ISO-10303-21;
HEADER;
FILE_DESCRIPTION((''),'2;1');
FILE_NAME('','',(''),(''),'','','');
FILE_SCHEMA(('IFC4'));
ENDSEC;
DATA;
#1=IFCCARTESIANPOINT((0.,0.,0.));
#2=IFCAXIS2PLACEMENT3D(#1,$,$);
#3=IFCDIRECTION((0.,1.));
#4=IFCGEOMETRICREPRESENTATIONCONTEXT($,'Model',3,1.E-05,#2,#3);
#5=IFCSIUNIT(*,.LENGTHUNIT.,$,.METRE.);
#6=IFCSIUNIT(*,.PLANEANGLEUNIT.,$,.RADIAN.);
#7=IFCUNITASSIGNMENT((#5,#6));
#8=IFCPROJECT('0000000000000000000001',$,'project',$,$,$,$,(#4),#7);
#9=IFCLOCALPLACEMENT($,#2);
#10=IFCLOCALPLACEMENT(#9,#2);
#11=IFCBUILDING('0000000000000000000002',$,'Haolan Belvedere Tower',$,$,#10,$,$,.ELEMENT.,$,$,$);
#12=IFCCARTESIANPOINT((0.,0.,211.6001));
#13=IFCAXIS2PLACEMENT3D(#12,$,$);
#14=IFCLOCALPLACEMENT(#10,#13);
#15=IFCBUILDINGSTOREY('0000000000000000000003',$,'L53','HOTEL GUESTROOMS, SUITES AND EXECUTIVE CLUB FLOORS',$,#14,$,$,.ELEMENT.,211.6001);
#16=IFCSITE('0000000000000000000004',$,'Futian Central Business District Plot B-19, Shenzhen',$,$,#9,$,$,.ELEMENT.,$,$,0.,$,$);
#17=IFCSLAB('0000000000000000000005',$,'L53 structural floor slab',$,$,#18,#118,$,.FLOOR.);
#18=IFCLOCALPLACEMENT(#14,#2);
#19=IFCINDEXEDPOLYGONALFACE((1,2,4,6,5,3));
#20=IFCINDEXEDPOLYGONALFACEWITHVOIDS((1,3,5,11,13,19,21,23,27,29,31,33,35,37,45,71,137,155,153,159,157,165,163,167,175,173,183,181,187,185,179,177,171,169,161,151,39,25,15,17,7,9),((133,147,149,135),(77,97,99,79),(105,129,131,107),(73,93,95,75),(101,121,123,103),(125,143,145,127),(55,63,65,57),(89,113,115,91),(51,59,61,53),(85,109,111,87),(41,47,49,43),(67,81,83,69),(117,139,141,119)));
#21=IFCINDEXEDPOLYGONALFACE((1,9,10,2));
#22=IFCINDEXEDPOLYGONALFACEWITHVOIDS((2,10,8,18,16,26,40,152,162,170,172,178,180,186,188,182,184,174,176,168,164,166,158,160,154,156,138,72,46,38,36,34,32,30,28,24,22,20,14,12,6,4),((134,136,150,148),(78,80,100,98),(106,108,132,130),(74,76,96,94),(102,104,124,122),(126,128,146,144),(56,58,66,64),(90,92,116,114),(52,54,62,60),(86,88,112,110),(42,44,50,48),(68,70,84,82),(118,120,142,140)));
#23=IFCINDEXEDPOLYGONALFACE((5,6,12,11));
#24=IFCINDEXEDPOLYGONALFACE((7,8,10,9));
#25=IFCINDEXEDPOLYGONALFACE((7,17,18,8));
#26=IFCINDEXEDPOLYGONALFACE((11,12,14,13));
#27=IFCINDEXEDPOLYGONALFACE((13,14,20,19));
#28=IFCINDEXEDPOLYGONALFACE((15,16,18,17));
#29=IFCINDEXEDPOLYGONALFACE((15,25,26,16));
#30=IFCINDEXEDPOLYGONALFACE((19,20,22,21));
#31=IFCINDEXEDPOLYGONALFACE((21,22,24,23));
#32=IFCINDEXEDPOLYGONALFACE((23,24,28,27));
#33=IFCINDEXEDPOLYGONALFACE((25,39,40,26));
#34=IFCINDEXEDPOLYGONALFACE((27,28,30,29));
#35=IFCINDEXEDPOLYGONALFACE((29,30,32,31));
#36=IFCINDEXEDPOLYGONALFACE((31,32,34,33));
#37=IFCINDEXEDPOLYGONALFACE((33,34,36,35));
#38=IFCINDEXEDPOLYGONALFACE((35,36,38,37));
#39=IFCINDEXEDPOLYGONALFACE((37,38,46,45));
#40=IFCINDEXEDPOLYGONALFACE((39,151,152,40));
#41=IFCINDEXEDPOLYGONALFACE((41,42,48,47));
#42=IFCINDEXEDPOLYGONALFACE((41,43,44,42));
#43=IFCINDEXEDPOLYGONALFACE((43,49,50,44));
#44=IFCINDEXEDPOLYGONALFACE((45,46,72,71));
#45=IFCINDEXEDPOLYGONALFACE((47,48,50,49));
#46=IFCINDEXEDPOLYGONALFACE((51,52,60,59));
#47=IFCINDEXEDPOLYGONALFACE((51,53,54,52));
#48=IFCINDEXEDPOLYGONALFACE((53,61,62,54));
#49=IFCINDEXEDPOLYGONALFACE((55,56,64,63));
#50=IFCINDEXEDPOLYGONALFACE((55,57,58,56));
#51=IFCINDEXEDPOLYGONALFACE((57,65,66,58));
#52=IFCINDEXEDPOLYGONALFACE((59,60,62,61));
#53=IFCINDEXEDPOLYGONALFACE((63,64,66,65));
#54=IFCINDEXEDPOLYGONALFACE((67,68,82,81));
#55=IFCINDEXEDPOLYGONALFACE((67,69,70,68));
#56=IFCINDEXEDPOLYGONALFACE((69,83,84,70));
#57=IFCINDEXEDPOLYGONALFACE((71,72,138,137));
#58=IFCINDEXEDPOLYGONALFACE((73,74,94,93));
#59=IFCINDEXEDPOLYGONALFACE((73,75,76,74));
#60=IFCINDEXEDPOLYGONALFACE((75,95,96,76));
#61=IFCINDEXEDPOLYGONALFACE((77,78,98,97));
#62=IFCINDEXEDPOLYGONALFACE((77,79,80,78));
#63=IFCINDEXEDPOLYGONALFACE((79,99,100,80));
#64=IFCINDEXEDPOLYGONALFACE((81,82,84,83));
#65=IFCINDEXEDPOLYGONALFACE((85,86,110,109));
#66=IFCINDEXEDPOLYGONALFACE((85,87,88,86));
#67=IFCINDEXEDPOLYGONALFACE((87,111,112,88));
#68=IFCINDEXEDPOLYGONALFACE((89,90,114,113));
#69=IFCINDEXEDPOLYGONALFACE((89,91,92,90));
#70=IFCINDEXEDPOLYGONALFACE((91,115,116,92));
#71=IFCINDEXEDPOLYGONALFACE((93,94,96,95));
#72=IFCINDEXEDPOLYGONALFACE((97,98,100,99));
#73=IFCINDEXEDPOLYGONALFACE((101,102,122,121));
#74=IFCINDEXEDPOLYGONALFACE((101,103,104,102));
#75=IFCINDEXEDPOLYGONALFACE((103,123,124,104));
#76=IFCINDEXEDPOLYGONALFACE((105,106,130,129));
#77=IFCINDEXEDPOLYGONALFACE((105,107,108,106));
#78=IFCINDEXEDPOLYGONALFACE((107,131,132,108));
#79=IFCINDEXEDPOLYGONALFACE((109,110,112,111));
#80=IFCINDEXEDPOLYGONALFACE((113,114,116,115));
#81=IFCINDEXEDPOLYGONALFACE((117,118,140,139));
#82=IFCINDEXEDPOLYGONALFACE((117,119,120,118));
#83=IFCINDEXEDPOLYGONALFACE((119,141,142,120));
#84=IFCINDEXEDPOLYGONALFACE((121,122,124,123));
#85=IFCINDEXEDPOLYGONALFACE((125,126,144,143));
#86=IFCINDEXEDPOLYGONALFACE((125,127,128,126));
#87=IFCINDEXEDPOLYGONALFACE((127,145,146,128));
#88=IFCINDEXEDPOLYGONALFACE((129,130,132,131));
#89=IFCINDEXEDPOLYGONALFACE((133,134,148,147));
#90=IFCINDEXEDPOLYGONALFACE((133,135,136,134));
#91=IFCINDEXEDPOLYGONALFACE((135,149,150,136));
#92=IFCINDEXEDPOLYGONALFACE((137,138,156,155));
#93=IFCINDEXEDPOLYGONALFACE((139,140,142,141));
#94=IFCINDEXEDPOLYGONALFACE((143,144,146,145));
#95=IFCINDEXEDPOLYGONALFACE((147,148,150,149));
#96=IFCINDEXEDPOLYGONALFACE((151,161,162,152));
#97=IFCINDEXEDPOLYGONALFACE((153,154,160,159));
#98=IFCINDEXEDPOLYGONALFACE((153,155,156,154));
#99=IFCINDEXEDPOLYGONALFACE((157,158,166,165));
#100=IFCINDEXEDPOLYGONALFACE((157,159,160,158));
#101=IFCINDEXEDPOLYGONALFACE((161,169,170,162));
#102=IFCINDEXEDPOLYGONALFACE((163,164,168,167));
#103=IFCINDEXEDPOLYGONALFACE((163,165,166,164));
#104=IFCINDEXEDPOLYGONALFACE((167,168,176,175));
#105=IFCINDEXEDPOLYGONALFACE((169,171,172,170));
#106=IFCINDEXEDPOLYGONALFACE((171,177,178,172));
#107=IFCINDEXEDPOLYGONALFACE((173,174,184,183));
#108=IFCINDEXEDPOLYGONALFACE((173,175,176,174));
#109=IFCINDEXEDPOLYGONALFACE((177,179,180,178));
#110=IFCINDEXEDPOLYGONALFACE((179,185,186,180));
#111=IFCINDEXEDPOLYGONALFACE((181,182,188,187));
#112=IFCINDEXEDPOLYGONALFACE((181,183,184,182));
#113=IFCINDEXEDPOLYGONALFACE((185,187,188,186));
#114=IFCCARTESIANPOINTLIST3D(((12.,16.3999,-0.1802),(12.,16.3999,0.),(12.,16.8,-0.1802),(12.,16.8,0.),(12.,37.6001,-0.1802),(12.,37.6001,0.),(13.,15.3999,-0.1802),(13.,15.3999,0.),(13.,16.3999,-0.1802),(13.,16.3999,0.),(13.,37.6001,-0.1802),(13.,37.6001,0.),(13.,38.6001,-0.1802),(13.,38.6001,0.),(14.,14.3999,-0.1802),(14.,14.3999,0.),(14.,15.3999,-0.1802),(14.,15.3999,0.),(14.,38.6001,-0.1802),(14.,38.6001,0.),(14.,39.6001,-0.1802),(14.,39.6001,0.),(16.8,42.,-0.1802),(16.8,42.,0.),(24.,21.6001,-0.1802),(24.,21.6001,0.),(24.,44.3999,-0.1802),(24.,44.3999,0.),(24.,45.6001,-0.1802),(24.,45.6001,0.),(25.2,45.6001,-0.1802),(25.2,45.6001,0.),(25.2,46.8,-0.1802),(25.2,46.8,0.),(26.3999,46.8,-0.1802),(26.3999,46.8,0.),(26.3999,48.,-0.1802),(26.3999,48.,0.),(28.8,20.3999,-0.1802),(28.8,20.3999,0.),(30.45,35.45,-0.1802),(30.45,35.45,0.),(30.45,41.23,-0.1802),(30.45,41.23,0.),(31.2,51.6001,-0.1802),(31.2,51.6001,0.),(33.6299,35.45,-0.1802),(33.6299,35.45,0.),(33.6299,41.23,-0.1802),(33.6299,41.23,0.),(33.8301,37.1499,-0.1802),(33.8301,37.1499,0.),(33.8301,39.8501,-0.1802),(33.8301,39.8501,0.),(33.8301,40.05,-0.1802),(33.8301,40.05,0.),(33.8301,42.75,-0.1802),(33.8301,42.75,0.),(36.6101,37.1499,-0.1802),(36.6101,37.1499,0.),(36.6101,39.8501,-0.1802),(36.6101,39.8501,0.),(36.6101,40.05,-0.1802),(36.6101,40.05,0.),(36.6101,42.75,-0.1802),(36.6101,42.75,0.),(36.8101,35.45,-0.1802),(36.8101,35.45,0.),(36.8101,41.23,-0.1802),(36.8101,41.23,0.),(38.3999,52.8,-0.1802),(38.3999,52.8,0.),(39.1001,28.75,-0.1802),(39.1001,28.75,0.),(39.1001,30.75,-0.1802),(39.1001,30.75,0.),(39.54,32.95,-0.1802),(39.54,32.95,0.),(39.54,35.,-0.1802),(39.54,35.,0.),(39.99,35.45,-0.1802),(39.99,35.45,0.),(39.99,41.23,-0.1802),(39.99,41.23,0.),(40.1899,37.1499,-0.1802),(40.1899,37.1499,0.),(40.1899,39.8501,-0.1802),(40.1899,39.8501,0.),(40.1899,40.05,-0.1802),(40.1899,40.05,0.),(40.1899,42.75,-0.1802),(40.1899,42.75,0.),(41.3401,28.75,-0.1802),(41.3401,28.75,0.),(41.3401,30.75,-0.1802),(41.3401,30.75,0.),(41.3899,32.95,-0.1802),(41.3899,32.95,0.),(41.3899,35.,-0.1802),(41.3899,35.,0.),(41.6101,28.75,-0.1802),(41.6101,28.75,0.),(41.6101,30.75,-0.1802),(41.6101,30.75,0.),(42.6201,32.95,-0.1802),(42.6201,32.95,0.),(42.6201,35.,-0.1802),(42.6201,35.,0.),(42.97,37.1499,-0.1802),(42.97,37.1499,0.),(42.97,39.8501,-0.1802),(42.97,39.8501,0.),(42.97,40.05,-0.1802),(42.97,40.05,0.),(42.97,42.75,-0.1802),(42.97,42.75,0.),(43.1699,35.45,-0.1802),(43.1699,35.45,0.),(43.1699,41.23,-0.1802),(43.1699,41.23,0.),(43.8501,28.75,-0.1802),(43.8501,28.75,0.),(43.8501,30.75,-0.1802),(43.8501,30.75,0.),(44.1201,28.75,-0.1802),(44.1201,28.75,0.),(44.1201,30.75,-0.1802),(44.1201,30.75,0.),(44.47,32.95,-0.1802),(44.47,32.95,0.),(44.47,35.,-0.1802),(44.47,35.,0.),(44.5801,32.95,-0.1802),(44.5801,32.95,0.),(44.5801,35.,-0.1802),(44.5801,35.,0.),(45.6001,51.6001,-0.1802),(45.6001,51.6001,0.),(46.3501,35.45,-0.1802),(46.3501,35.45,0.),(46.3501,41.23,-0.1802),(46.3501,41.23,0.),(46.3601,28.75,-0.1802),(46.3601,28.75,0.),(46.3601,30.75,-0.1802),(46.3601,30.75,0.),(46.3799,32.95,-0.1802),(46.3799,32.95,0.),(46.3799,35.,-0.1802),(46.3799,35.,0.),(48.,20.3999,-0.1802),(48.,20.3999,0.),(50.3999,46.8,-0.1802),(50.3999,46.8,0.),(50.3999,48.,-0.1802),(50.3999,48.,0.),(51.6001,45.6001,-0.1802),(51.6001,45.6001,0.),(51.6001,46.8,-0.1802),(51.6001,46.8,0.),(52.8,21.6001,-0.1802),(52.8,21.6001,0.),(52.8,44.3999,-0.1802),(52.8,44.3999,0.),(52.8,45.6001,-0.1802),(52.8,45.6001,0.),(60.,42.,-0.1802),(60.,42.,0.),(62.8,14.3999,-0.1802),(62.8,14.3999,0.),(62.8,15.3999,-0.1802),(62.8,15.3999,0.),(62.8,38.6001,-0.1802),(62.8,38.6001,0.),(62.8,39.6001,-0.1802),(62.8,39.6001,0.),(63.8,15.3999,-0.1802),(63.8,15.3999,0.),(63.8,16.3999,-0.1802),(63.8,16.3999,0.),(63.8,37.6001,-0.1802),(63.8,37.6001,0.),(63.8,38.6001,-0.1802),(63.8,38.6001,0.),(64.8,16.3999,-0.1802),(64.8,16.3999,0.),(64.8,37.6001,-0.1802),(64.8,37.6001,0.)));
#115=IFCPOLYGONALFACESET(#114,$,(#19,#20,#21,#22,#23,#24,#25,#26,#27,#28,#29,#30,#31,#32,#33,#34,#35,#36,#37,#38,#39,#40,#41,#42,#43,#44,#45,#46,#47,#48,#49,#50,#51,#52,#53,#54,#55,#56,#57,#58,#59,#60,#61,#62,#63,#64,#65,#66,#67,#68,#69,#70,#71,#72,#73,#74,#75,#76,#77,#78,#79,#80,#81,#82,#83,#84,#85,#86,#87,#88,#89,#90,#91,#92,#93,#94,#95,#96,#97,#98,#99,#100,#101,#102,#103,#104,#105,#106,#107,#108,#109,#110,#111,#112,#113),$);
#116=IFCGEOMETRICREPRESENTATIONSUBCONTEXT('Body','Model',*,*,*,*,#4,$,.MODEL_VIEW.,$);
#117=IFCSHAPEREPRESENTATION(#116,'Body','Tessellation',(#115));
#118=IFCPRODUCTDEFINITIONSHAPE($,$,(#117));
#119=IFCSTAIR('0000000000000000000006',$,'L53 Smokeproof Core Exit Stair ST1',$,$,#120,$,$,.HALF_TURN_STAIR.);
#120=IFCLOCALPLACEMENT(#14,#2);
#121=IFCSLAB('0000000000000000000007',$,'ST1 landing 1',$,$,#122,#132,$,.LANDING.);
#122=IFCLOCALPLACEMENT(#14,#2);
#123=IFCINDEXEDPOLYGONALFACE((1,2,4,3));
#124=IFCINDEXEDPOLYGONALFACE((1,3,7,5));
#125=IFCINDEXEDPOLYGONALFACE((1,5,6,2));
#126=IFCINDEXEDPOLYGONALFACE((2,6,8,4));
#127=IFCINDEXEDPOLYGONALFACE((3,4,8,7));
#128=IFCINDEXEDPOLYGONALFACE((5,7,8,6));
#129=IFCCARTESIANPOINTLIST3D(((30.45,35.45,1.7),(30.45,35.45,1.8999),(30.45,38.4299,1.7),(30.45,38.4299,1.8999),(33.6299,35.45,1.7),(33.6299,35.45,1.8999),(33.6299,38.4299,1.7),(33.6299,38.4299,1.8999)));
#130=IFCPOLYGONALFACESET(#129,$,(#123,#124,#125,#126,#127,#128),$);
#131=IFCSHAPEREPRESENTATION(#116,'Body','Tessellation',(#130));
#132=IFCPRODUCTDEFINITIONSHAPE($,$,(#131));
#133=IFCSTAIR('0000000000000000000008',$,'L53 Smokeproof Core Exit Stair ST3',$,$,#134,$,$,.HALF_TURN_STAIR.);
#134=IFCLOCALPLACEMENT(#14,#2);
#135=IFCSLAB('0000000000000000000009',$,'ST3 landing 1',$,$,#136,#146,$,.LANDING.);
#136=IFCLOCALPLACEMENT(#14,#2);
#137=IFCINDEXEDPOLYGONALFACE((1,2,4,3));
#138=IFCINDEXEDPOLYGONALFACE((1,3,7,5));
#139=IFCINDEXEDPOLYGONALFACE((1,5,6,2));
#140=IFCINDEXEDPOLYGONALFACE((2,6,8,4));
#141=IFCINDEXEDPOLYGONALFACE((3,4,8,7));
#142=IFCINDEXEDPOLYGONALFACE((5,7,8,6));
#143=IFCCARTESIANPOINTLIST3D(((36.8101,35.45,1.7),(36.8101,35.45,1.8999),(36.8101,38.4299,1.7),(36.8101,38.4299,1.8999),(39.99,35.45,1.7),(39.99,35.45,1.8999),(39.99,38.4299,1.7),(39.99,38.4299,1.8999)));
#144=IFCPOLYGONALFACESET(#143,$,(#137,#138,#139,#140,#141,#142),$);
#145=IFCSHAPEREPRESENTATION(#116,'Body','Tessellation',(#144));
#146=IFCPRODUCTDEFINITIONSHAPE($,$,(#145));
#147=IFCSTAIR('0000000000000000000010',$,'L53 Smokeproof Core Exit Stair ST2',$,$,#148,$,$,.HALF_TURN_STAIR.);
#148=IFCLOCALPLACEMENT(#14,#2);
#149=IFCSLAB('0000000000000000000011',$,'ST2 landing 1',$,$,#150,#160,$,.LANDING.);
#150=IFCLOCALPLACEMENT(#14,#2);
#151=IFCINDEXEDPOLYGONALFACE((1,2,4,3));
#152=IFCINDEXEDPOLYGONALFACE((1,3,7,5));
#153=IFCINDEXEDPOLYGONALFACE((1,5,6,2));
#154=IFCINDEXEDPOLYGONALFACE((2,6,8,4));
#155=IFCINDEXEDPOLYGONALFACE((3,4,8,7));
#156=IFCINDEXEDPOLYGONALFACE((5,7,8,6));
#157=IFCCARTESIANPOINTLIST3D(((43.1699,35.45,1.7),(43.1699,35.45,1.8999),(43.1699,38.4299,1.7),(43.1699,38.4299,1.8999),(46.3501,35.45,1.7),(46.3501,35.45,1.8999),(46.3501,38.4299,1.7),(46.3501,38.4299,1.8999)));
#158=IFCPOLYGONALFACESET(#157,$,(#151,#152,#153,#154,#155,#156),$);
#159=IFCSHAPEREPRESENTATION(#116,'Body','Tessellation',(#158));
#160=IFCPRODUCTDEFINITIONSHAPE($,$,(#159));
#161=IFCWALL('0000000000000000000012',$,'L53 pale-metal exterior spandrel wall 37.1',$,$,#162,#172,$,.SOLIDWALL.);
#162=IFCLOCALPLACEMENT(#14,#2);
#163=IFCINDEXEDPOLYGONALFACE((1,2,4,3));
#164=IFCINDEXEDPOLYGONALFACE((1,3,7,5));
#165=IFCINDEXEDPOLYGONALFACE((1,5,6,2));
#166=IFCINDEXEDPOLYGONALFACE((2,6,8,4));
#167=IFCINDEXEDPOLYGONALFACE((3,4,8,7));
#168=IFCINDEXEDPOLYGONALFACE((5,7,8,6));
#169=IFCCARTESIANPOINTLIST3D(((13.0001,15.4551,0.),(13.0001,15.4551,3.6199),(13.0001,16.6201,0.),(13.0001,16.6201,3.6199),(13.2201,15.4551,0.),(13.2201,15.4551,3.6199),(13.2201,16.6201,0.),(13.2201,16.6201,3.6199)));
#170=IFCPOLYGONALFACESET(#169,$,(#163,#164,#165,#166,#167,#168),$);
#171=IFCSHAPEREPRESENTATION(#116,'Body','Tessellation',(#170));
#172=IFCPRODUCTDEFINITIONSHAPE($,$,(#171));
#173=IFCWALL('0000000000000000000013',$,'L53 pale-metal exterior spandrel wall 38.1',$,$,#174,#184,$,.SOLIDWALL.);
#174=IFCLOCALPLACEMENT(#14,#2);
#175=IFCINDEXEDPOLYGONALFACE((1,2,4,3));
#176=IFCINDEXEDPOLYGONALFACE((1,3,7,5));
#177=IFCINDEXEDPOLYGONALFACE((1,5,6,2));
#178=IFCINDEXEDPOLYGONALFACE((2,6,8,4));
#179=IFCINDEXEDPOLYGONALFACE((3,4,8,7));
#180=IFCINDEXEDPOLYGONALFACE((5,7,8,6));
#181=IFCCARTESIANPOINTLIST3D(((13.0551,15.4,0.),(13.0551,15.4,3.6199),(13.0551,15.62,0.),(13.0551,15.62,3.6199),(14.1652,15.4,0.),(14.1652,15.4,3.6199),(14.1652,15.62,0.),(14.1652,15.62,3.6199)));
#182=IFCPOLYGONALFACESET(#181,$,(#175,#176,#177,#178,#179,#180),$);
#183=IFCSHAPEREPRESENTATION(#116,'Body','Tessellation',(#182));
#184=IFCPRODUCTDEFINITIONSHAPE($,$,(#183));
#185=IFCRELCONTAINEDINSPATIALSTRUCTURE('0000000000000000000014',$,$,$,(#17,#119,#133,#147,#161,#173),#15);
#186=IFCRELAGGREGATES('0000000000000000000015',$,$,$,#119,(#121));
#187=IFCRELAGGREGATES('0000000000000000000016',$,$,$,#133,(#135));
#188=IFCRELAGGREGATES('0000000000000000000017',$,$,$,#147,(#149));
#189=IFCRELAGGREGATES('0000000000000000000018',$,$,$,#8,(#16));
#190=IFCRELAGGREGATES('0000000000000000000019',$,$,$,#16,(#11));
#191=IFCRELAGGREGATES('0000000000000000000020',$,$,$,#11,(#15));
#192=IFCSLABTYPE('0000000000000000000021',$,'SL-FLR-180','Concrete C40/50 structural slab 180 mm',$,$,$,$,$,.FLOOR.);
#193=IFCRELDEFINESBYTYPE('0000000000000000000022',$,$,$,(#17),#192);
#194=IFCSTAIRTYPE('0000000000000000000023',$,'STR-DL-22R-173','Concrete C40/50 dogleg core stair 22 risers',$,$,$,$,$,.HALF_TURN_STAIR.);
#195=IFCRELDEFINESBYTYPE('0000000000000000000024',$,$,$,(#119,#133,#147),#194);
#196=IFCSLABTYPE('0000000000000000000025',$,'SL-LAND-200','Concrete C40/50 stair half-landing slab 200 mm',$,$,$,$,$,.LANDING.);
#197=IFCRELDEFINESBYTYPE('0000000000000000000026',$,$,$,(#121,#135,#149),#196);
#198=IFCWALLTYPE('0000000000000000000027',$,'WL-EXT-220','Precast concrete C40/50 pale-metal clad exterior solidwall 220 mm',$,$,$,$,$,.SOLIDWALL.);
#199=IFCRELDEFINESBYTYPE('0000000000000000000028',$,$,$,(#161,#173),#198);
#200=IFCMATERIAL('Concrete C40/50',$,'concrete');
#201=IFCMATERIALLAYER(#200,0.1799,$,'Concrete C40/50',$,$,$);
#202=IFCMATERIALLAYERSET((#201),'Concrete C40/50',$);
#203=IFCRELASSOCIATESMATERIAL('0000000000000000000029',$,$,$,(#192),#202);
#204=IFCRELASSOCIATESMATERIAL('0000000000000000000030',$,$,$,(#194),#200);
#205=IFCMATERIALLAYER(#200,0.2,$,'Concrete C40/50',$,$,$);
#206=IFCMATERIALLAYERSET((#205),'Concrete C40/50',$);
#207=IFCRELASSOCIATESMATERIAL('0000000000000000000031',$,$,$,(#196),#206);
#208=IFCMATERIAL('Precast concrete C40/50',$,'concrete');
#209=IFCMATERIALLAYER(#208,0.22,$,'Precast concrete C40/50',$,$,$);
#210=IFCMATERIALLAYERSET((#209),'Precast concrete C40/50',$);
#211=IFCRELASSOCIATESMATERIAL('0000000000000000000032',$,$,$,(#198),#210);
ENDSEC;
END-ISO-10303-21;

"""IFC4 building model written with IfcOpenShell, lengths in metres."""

from ifc_helpers import new_model, si_unit, direction, frame, frame_2d, origin, place, context, subcontext, project, spatial, polyline, rectangle, outline, extrude, material, layer, layer_set, type_object, element, aggregate, save


model = new_model("IFC4")

# Units and contexts
model_context = context("Model", 3, precision=1e-05, world=origin(), true_north=direction((0.0, 1.0)))
body_context = subcontext(model_context, "Body", "Model", "MODEL_VIEW")
ifc_project = project(units=[si_unit("LENGTHUNIT", "METRE"), si_unit("PLANEANGLEUNIT", "RADIAN")], contexts=[model_context])

# Site, building, storey
site_placement = place(None, origin())
site = spatial("IfcSite", under=ifc_project, at=site_placement, Name="Futian Central Business District Plot B-19, Shenzhen", CompositionType="ELEMENT", RefElevation=0.0)
building_placement = place(site_placement, origin())
building = spatial("IfcBuilding", under=site, at=building_placement, Name="Haolan Belvedere Tower", CompositionType="ELEMENT")
storey_placement = place(building_placement, frame((0.0, 0.0, 211.6001)))
storey = spatial("IfcBuildingStorey", under=building, at=storey_placement, Name="L53", Description="HOTEL GUESTROOMS, SUITES AND EXECUTIVE CLUB FLOORS", CompositionType="ELEMENT", Elevation=211.6001)

# Slab
ifc_material_1 = material(Name="Concrete C40/50", Category="concrete")
ifc_layer_1 = layer(ifc_material_1, 0.1799, Name="Concrete C40/50")
ifc_layer_set_1 = layer_set([ifc_layer_1], Name="Concrete C40/50")
slab_type_1 = type_object("IfcSlabType", Name="SL-FLR-180", Description="Concrete C40/50 structural slab 180 mm", PredefinedType="FLOOR", material=ifc_layer_set_1)
slab_1_placement = place(storey_placement, frame((0.0, 0.0, -0.1802)))
element("IfcSlab", 1, at=slab_1_placement, inside=storey, type_object=slab_type_1, Name="L53 structural floor slab", PredefinedType="FLOOR", context=body_context, shape_type="SweptSolid", body=[
    extrude(outline(polyline([(24.0, 21.6001), (28.8, 20.3999), (48.0, 20.3999), (52.8, 21.6001), (62.8, 14.3999), (62.8, 15.3999), (63.8, 15.3999), (63.8, 16.3999), (64.8, 16.3999), (64.8, 37.6001), (63.8, 37.6001), (63.8, 38.6001), (62.8, 38.6001), (62.8, 39.6001), (60.0, 42.0), (52.8, 44.3999), (52.8, 45.6001), (51.6001, 45.6001), (51.6001, 46.8), (50.3999, 46.8), (50.3999, 48.0), (45.6001, 51.6001), (38.3999, 52.8), (31.2, 51.6001), (26.3999, 48.0), (26.3999, 46.8), (25.2, 46.8), (25.2, 45.6001), (24.0, 45.6001), (24.0, 44.3999), (16.8, 42.0), (14.0, 39.6001), (14.0, 38.6001), (13.0, 38.6001), (13.0, 37.6001), (12.0, 37.6001), (12.0, 16.8), (12.0, 16.3999), (13.0, 16.3999), (13.0, 15.3999), (14.0, 15.3999), (14.0, 14.3999), (24.0, 21.6001)]), holes=[polyline([(30.45, 41.23), (30.45, 35.45), (33.6299, 35.45), (33.6299, 41.23), (30.45, 41.23)]), polyline([(36.8101, 41.23), (36.8101, 35.45), (39.99, 35.45), (39.99, 41.23), (36.8101, 41.23)]), polyline([(43.1699, 41.23), (43.1699, 35.45), (46.3501, 35.45), (46.3501, 41.23), (43.1699, 41.23)]), polyline([(33.8301, 40.05), (36.6101, 40.05), (36.6101, 42.75), (33.8301, 42.75), (33.8301, 40.05)]), polyline([(33.8301, 37.1499), (36.6101, 37.1499), (36.6101, 39.8501), (33.8301, 39.8501), (33.8301, 37.1499)]), polyline([(40.1899, 40.05), (42.97, 40.05), (42.97, 42.75), (40.1899, 42.75), (40.1899, 40.05)]), polyline([(40.1899, 37.1499), (42.97, 37.1499), (42.97, 39.8501), (40.1899, 39.8501), (40.1899, 37.1499)]), polyline([(39.54, 32.95), (41.3899, 32.95), (41.3899, 35.0), (39.54, 35.0), (39.54, 32.95)]), polyline([(42.6201, 32.95), (44.47, 32.95), (44.47, 35.0), (42.6201, 35.0), (42.6201, 32.95)]), polyline([(44.5801, 32.95), (46.3799, 32.95), (46.3799, 35.0), (44.5801, 35.0), (44.5801, 32.95)]), polyline([(39.1001, 28.75), (41.3401, 28.75), (41.3401, 30.75), (39.1001, 30.75), (39.1001, 28.75)]), polyline([(41.6101, 28.75), (43.8501, 28.75), (43.8501, 30.75), (41.6101, 30.75), (41.6101, 28.75)]), polyline([(44.1201, 28.75), (46.3601, 28.75), (46.3601, 30.75), (44.1201, 30.75), (44.1201, 28.75)])]), origin(), (0.0, 0.0, 1.0), 0.1802),
])

# Stairs, slabs
stair_type = type_object("IfcStairType", Name="STR-DL-22R-173", Description="Concrete C40/50 dogleg core stair 22 risers", PredefinedType="HALF_TURN_STAIR", material=ifc_material_1)
stair_1_placement = place(storey_placement, origin())
stair_1 = element("IfcStair", 2, at=stair_1_placement, inside=storey, type_object=stair_type, Name="L53 Smokeproof Core Exit Stair ST1", PredefinedType="HALF_TURN_STAIR")
ifc_layer_2 = layer(ifc_material_1, 0.2, Name="Concrete C40/50")
ifc_layer_set_2 = layer_set([ifc_layer_2], Name="Concrete C40/50")
slab_type_2 = type_object("IfcSlabType", Name="SL-LAND-200", Description="Concrete C40/50 stair half-landing slab 200 mm", PredefinedType="LANDING", material=ifc_layer_set_2)
slab_2_placement = place(storey_placement, frame((0.0, 0.0, 1.7)))
slab_2 = element("IfcSlab", 3, at=slab_2_placement, type_object=slab_type_2, Name="ST1 landing 1", PredefinedType="LANDING", context=body_context, shape_type="SweptSolid", body=[
    extrude(outline(polyline([(30.45, 38.4299), (30.45, 35.45), (33.6299, 35.45), (33.6299, 38.4299), (30.45, 38.4299)])), origin(), (0.0, 0.0, 1.0), 0.2),
])
aggregate(stair_1, [slab_2])
stair_2_placement = place(storey_placement, origin())
stair_2 = element("IfcStair", 4, at=stair_2_placement, inside=storey, type_object=stair_type, Name="L53 Smokeproof Core Exit Stair ST3", PredefinedType="HALF_TURN_STAIR")
slab_3_placement = place(storey_placement, frame((0.0, 0.0, 1.7)))
slab_3 = element("IfcSlab", 5, at=slab_3_placement, type_object=slab_type_2, Name="ST3 landing 1", PredefinedType="LANDING", context=body_context, shape_type="SweptSolid", body=[
    extrude(outline(polyline([(36.8101, 38.4299), (36.8101, 35.45), (39.99, 35.45), (39.99, 38.4299), (36.8101, 38.4299)])), origin(), (0.0, 0.0, 1.0), 0.2),
])
aggregate(stair_2, [slab_3])
stair_3_placement = place(storey_placement, origin())
stair_3 = element("IfcStair", 6, at=stair_3_placement, inside=storey, type_object=stair_type, Name="L53 Smokeproof Core Exit Stair ST2", PredefinedType="HALF_TURN_STAIR")
slab_4_placement = place(storey_placement, frame((0.0, 0.0, 1.7)))
slab_4 = element("IfcSlab", 7, at=slab_4_placement, type_object=slab_type_2, Name="ST2 landing 1", PredefinedType="LANDING", context=body_context, shape_type="SweptSolid", body=[
    extrude(outline(polyline([(43.1699, 38.4299), (43.1699, 35.45), (46.3501, 35.45), (46.3501, 38.4299), (43.1699, 38.4299)])), origin(), (0.0, 0.0, 1.0), 0.2),
])
aggregate(stair_3, [slab_4])

# Walls
ifc_material_2 = material(Name="Precast concrete C40/50", Category="concrete")
ifc_layer_3 = layer(ifc_material_2, 0.22, Name="Precast concrete C40/50")
ifc_layer_set_3 = layer_set([ifc_layer_3], Name="Precast concrete C40/50")
wall_type_1 = type_object("IfcWallType", Name="WL-EXT-220", Description="Precast concrete C40/50 pale-metal clad exterior solidwall 220 mm", PredefinedType="SOLIDWALL", material=ifc_layer_set_3)
wall_1_placement = place(storey_placement, frame((13.1101, 16.6201, 0.0), z_axis=(0.0, 0.0, 1.0), x_axis=(0.0, -1.0, 0.0)))
element("IfcWall", 8, at=wall_1_placement, inside=storey, type_object=wall_type_1, Name="L53 pale-metal exterior spandrel wall 37.1", PredefinedType="SOLIDWALL", context=body_context, shape_type="SweptSolid", body=[
    extrude(rectangle(XDim=1.165, YDim=0.22, at=frame_2d((0.5825, 0.0))), origin(), (0.0, 0.0, 1.0), 3.6199),
])
wall_2_placement = place(storey_placement, frame((13.0549, 15.51, 0.0), z_axis=(0.0, 0.0, 1.0), x_axis=(1.0, 0.0, 0.0)))
element("IfcWall", 9, at=wall_2_placement, inside=storey, type_object=wall_type_1, Name="L53 pale-metal exterior spandrel wall 38.1", PredefinedType="SOLIDWALL", context=body_context, shape_type="SweptSolid", body=[
    extrude(rectangle(XDim=1.1101, YDim=0.22, at=frame_2d((0.5552, 0.0))), origin(), (0.0, 0.0, 1.0), 3.6199),
])

save(model, "model.ifc")
